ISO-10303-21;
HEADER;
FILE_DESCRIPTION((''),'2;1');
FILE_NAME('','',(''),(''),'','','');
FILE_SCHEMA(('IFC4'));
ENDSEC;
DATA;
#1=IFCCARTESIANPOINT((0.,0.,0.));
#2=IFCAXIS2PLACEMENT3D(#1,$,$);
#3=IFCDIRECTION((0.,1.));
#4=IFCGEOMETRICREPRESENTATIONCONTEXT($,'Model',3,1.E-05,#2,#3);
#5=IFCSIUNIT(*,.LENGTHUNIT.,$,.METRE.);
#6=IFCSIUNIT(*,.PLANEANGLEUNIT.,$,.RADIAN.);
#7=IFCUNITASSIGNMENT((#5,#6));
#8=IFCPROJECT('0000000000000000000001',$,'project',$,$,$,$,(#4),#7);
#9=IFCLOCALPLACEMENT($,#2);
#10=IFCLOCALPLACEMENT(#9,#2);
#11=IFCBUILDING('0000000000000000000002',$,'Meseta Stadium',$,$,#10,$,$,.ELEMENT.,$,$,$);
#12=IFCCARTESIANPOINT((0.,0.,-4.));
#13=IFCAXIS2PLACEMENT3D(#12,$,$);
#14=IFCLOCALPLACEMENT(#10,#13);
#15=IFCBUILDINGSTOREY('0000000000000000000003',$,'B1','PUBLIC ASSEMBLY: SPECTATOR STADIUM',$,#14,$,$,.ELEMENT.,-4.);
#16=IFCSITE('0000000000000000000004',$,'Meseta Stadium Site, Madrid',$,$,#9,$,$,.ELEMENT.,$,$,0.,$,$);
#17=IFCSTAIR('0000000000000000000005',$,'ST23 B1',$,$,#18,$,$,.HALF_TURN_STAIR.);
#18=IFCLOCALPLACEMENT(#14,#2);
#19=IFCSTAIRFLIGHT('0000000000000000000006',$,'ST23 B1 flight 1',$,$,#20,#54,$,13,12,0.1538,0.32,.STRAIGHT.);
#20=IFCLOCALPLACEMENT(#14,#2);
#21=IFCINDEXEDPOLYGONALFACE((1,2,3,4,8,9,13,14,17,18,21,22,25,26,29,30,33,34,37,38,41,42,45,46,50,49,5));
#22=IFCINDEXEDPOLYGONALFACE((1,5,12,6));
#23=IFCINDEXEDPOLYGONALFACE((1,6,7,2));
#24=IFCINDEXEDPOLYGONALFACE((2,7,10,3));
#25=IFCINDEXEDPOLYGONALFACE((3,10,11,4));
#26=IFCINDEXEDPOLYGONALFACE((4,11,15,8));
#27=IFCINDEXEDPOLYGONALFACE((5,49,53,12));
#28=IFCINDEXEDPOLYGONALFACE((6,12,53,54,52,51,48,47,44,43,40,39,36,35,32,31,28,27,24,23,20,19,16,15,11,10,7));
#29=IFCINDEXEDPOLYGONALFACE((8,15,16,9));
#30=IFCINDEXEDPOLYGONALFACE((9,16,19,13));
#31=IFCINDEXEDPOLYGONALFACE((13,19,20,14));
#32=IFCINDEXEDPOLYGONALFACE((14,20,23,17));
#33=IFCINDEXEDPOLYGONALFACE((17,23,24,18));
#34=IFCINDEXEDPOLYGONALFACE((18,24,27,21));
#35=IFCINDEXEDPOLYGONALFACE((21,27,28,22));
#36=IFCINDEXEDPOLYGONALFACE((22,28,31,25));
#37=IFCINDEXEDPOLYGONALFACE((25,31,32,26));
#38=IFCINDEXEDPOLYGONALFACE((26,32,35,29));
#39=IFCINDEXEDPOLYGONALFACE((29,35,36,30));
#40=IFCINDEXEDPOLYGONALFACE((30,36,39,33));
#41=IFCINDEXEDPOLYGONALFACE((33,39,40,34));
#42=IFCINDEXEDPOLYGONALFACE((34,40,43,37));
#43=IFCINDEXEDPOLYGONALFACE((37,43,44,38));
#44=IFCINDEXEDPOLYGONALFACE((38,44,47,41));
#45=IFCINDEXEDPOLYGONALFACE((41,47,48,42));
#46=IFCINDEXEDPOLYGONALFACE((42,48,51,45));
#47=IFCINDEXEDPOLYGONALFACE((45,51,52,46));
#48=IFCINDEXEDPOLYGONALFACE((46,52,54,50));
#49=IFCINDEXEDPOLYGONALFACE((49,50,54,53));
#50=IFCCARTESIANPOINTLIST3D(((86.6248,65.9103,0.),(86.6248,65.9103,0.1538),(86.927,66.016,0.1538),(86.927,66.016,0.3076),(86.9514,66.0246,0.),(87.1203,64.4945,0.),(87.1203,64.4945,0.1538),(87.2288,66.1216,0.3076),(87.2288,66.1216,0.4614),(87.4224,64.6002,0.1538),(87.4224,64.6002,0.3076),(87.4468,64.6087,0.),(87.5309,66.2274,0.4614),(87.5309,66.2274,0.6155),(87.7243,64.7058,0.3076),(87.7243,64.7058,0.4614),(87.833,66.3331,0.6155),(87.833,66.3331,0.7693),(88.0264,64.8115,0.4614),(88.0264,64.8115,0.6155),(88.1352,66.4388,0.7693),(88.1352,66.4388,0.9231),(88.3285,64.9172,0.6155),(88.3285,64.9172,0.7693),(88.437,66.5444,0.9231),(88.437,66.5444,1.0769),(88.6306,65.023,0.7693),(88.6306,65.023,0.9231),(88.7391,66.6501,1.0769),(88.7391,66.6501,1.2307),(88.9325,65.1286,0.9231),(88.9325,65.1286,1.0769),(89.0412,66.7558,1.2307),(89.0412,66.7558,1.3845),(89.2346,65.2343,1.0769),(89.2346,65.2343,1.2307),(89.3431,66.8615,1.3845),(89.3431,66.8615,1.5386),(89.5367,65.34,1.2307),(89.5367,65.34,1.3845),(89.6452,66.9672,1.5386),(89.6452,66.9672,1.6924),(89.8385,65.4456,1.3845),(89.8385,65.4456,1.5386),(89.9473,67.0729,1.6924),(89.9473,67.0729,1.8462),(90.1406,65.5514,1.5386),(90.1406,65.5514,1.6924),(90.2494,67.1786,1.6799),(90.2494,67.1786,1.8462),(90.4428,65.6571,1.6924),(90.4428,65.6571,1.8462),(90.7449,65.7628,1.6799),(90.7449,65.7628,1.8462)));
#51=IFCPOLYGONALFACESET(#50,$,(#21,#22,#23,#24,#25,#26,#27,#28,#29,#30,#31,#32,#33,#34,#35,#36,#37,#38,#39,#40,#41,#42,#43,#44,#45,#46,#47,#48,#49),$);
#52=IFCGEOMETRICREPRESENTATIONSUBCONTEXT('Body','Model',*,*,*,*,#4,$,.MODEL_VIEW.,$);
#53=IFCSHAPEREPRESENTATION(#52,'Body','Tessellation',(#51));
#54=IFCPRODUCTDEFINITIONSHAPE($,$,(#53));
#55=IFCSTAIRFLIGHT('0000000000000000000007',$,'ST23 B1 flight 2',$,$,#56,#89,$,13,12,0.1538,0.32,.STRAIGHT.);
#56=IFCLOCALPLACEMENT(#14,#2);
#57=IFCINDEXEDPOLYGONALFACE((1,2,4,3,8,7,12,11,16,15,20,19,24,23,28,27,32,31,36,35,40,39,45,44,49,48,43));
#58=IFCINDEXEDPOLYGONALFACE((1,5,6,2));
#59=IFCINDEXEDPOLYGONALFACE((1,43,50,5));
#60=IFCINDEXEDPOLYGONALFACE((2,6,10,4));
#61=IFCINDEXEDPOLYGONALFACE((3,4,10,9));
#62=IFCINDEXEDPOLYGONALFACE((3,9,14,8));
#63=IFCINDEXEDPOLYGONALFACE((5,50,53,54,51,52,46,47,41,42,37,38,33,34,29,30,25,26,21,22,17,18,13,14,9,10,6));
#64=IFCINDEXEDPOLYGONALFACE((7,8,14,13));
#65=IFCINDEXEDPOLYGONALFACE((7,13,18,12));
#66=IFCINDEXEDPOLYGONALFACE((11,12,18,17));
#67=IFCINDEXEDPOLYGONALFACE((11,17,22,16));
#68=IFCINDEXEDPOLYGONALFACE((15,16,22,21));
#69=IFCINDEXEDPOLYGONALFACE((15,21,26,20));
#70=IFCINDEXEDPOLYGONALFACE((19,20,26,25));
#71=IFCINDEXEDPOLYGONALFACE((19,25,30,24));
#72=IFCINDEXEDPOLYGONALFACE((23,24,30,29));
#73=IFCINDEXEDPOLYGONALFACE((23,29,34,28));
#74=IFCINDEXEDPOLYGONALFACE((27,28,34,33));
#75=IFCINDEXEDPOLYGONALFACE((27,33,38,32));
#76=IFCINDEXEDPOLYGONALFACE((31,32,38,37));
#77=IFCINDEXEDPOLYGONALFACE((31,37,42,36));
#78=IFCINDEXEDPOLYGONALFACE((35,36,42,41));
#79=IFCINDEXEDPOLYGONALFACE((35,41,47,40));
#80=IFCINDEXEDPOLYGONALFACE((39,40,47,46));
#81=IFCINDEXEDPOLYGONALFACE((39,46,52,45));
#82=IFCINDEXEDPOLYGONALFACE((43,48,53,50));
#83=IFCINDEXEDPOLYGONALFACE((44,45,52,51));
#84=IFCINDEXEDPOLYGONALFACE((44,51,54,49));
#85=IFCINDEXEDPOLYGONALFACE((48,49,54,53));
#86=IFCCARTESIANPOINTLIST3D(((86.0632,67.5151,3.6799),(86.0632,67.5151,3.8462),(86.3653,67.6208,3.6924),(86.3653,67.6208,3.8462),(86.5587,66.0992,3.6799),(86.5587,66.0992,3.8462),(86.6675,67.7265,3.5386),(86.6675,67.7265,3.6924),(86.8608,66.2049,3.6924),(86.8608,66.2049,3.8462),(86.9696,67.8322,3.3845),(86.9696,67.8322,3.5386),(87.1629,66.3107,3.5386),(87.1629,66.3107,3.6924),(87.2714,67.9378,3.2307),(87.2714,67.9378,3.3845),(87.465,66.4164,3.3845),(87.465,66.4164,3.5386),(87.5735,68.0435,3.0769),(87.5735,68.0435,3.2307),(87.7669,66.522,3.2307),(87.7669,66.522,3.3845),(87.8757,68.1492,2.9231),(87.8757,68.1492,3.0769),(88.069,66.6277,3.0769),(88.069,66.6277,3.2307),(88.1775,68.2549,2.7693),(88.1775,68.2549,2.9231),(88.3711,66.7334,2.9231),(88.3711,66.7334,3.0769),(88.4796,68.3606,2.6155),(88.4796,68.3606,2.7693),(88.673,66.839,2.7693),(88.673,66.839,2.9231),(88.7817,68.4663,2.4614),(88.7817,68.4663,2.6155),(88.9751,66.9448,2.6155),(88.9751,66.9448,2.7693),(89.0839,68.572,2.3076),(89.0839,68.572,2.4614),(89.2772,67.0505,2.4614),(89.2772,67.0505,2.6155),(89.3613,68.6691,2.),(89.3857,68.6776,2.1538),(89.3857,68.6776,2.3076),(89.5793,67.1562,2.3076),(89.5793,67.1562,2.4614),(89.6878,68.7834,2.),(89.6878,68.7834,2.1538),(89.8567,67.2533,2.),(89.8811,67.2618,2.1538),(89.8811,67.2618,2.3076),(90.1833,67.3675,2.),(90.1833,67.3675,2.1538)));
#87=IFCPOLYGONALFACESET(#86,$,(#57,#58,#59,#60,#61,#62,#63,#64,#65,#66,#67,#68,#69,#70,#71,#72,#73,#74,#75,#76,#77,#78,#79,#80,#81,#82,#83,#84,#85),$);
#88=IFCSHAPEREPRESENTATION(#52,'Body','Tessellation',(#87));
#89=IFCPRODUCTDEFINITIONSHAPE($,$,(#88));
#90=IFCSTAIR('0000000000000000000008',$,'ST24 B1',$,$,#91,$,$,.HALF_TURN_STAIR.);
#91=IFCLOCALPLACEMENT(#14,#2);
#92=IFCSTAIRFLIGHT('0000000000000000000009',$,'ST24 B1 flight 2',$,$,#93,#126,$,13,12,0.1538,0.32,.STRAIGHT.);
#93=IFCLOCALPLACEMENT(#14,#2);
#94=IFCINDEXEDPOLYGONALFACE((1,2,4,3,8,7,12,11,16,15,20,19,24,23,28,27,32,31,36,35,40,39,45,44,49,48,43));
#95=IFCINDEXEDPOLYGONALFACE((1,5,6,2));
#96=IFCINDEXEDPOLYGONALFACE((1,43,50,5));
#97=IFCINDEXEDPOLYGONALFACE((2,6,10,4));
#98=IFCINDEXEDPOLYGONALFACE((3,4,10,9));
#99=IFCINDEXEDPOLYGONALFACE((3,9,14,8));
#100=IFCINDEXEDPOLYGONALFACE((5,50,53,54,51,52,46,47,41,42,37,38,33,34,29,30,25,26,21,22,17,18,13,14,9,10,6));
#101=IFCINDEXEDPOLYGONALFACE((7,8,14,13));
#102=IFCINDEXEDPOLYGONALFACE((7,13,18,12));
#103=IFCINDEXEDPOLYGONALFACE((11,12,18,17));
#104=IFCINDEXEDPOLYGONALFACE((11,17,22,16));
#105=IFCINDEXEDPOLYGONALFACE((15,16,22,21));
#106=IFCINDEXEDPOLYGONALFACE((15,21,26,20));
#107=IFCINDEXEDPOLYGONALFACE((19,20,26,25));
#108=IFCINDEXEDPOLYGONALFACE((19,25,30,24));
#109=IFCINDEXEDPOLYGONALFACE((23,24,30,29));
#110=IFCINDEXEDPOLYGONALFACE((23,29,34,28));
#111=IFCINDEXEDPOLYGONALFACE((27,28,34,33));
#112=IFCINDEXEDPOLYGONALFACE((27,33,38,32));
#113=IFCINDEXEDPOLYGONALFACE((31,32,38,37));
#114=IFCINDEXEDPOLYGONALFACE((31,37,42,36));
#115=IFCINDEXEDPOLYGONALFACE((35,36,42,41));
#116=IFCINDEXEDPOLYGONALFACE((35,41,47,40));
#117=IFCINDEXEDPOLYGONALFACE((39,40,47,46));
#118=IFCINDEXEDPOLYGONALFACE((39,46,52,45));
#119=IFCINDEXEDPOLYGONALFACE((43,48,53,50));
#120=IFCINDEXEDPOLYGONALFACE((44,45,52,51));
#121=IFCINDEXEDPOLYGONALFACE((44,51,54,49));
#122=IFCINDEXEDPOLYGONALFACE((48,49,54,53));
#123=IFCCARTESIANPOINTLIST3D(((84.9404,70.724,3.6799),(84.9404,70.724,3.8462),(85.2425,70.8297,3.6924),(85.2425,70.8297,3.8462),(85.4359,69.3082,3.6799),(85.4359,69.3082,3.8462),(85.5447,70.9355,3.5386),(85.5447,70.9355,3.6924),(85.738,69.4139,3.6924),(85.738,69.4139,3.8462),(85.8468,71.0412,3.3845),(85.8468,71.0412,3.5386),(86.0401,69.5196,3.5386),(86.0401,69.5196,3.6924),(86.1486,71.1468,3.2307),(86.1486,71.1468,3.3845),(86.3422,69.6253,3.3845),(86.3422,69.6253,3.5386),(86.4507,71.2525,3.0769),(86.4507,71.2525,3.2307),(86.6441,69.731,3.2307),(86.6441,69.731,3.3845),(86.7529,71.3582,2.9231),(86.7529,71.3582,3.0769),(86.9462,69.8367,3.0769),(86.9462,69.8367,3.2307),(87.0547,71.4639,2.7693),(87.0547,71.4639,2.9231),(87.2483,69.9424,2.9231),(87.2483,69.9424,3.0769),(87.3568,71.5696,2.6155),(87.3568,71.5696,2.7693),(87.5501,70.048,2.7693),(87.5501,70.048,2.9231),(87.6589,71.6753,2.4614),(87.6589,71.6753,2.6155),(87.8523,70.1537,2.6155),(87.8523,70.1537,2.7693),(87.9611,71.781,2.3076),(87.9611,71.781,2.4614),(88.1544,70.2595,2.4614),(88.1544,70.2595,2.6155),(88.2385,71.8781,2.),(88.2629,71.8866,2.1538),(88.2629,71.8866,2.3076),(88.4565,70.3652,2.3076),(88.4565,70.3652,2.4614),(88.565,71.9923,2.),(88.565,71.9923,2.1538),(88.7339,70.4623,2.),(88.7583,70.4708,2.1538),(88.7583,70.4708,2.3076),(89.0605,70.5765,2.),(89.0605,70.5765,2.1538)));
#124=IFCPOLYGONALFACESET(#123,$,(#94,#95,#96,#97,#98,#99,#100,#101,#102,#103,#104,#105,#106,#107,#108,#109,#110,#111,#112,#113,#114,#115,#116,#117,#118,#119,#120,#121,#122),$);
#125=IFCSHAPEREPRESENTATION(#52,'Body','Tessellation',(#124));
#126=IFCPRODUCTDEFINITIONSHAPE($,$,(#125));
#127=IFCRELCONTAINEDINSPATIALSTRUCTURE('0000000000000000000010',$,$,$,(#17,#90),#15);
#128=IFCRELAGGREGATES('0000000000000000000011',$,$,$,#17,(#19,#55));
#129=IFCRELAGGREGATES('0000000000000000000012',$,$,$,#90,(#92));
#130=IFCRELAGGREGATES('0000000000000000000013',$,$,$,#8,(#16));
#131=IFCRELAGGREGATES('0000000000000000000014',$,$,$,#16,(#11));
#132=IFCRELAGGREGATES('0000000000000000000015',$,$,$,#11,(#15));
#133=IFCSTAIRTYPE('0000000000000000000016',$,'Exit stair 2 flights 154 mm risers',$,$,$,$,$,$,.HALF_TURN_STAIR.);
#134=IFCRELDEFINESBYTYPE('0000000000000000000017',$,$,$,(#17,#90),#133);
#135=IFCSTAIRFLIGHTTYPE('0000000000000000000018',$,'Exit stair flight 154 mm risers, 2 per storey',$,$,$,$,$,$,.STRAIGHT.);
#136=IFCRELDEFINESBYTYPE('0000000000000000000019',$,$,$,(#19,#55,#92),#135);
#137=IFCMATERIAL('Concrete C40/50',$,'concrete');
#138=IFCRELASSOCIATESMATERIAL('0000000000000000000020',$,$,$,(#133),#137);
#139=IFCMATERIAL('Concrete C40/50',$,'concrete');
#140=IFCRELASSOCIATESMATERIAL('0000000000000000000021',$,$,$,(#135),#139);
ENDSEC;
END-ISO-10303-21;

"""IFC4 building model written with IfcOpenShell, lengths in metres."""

from ifc_helpers import new_model, si_unit, direction, frame, origin, place, context, subcontext, project, spatial, polyline, outline, extrude, material, type_object, element, aggregate, save


model = new_model("IFC4")

# Units and contexts
model_context = context("Model", 3, precision=1e-05, world=origin(), true_north=direction((0.0, 1.0)))
body_context = subcontext(model_context, "Body", "Model", "MODEL_VIEW")
ifc_project = project(units=[si_unit("LENGTHUNIT", "METRE"), si_unit("PLANEANGLEUNIT", "RADIAN")], contexts=[model_context])

# Site, building, storey
site_placement = place(None, origin())
site = spatial("IfcSite", under=ifc_project, at=site_placement, Name="Meseta Stadium Site, Madrid", CompositionType="ELEMENT", RefElevation=0.0)
building_placement = place(site_placement, origin())
building = spatial("IfcBuilding", under=site, at=building_placement, Name="Meseta Stadium", CompositionType="ELEMENT")
storey_placement = place(building_placement, frame((0.0, 0.0, -4.0)))
storey = spatial("IfcBuildingStorey", under=building, at=storey_placement, Name="B1", Description="PUBLIC ASSEMBLY: SPECTATOR STADIUM", CompositionType="ELEMENT", Elevation=-4.0)

# Stair, stair flights
ifc_material_1 = material(Name="Concrete C40/50", Category="concrete")
stair_type = type_object("IfcStairType", Name="Exit stair 2 flights 154 mm risers", PredefinedType="HALF_TURN_STAIR", material=ifc_material_1)
stair_1_placement = place(storey_placement, origin())
stair_1 = element("IfcStair", 1, at=stair_1_placement, inside=storey, type_object=stair_type, Name="ST23 B1", PredefinedType="HALF_TURN_STAIR")
ifc_material_2 = material(Name="Concrete C40/50", Category="concrete")
stair_flight_type = type_object("IfcStairFlightType", Name="Exit stair flight 154 mm risers, 2 per storey", PredefinedType="STRAIGHT", material=ifc_material_2)
stair_flight_1_placement = place(storey_placement, frame((86.8726, 65.2024, 0.0), z_axis=(0.0, 0.0, 1.0), x_axis=(0.943883, 0.330279, 0.0)))
stair_flight_1 = element("IfcStairFlight", 2, at=stair_flight_1_placement, type_object=stair_flight_type, Name="ST23 B1 flight 1", NumberOfRisers=13, NumberOfTreads=12, PredefinedType="STRAIGHT", RiserHeight=0.1538, TreadLength=0.32, context=body_context, shape_type="SweptSolid", body=[
    extrude(outline(polyline([(0.0, 0.0), (0.0, 0.1538), (0.3201, 0.1538), (0.3201, 0.3076), (0.6399, 0.3076), (0.6399, 0.4614), (0.96, 0.4614), (0.96, 0.6155), (1.28, 0.6155), (1.28, 0.7693), (1.6001, 0.7693), (1.6001, 0.9231), (1.9199, 0.9231), (1.9199, 1.0769), (2.24, 1.0769), (2.24, 1.2307), (2.5601, 1.2307), (2.5601, 1.3845), (2.8799, 1.3845), (2.8799, 1.5386), (3.2, 1.5386), (3.2, 1.6924), (3.52, 1.6924), (3.52, 1.8462), (3.8401, 1.8462), (3.8401, 1.6799), (0.3459, 0.0), (0.0, 0.0)])), frame((0.0, 0.75, 0.0), z_axis=(0.0, -1.0, 0.0), x_axis=(1.0, 0.0, 0.0)), (0.0, 0.0, 1.0), 1.5),
])
stair_flight_2_placement = place(storey_placement, frame((89.9355, 68.0754, 2.0), z_axis=(0.0, 0.0, 1.0), x_axis=(-0.943883, -0.330279, 0.0)))
stair_flight_2 = element("IfcStairFlight", 3, at=stair_flight_2_placement, type_object=stair_flight_type, Name="ST23 B1 flight 2", NumberOfRisers=13, NumberOfTreads=12, PredefinedType="STRAIGHT", RiserHeight=0.1538, TreadLength=0.32, context=body_context, shape_type="SweptSolid", body=[
    extrude(outline(polyline([(0.0, 0.0), (0.0, 0.1538), (0.3201, 0.1538), (0.3201, 0.3076), (0.6399, 0.3076), (0.6399, 0.4614), (0.96, 0.4614), (0.96, 0.6155), (1.28, 0.6155), (1.28, 0.7693), (1.6001, 0.7693), (1.6001, 0.9231), (1.9199, 0.9231), (1.9199, 1.0769), (2.24, 1.0769), (2.24, 1.2307), (2.5601, 1.2307), (2.5601, 1.3845), (2.8799, 1.3845), (2.8799, 1.5386), (3.2, 1.5386), (3.2, 1.6924), (3.52, 1.6924), (3.52, 1.8462), (3.8401, 1.8462), (3.8401, 1.6799), (0.3459, 0.0), (0.0, 0.0)])), frame((0.0, 0.75, 0.0), z_axis=(0.0, -1.0, 0.0), x_axis=(1.0, 0.0, 0.0)), (0.0, 0.0, 1.0), 1.5),
])
aggregate(stair_1, [stair_flight_1, stair_flight_2])

# Stair, stair flight
stair_2_placement = place(storey_placement, origin())
stair_2 = element("IfcStair", 4, at=stair_2_placement, inside=storey, type_object=stair_type, Name="ST24 B1", PredefinedType="HALF_TURN_STAIR")
stair_flight_3_placement = place(storey_placement, frame((88.8127, 71.2844, 2.0), z_axis=(0.0, 0.0, 1.0), x_axis=(-0.943883, -0.330279, 0.0)))
stair_flight_3 = element("IfcStairFlight", 5, at=stair_flight_3_placement, type_object=stair_flight_type, Name="ST24 B1 flight 2", NumberOfRisers=13, NumberOfTreads=12, PredefinedType="STRAIGHT", RiserHeight=0.1538, TreadLength=0.32, context=body_context, shape_type="SweptSolid", body=[
    extrude(outline(polyline([(0.0, 0.0), (0.0, 0.1538), (0.3201, 0.1538), (0.3201, 0.3076), (0.6399, 0.3076), (0.6399, 0.4614), (0.96, 0.4614), (0.96, 0.6155), (1.28, 0.6155), (1.28, 0.7693), (1.6001, 0.7693), (1.6001, 0.9231), (1.9199, 0.9231), (1.9199, 1.0769), (2.24, 1.0769), (2.24, 1.2307), (2.5601, 1.2307), (2.5601, 1.3845), (2.8799, 1.3845), (2.8799, 1.5386), (3.2, 1.5386), (3.2, 1.6924), (3.52, 1.6924), (3.52, 1.8462), (3.8401, 1.8462), (3.8401, 1.6799), (0.3459, 0.0), (0.0, 0.0)])), frame((0.0, 0.75, 0.0), z_axis=(0.0, -1.0, 0.0), x_axis=(1.0, 0.0, 0.0)), (0.0, 0.0, 1.0), 1.5),
])
aggregate(stair_2, [stair_flight_3])

save(model, "model.ifc")
